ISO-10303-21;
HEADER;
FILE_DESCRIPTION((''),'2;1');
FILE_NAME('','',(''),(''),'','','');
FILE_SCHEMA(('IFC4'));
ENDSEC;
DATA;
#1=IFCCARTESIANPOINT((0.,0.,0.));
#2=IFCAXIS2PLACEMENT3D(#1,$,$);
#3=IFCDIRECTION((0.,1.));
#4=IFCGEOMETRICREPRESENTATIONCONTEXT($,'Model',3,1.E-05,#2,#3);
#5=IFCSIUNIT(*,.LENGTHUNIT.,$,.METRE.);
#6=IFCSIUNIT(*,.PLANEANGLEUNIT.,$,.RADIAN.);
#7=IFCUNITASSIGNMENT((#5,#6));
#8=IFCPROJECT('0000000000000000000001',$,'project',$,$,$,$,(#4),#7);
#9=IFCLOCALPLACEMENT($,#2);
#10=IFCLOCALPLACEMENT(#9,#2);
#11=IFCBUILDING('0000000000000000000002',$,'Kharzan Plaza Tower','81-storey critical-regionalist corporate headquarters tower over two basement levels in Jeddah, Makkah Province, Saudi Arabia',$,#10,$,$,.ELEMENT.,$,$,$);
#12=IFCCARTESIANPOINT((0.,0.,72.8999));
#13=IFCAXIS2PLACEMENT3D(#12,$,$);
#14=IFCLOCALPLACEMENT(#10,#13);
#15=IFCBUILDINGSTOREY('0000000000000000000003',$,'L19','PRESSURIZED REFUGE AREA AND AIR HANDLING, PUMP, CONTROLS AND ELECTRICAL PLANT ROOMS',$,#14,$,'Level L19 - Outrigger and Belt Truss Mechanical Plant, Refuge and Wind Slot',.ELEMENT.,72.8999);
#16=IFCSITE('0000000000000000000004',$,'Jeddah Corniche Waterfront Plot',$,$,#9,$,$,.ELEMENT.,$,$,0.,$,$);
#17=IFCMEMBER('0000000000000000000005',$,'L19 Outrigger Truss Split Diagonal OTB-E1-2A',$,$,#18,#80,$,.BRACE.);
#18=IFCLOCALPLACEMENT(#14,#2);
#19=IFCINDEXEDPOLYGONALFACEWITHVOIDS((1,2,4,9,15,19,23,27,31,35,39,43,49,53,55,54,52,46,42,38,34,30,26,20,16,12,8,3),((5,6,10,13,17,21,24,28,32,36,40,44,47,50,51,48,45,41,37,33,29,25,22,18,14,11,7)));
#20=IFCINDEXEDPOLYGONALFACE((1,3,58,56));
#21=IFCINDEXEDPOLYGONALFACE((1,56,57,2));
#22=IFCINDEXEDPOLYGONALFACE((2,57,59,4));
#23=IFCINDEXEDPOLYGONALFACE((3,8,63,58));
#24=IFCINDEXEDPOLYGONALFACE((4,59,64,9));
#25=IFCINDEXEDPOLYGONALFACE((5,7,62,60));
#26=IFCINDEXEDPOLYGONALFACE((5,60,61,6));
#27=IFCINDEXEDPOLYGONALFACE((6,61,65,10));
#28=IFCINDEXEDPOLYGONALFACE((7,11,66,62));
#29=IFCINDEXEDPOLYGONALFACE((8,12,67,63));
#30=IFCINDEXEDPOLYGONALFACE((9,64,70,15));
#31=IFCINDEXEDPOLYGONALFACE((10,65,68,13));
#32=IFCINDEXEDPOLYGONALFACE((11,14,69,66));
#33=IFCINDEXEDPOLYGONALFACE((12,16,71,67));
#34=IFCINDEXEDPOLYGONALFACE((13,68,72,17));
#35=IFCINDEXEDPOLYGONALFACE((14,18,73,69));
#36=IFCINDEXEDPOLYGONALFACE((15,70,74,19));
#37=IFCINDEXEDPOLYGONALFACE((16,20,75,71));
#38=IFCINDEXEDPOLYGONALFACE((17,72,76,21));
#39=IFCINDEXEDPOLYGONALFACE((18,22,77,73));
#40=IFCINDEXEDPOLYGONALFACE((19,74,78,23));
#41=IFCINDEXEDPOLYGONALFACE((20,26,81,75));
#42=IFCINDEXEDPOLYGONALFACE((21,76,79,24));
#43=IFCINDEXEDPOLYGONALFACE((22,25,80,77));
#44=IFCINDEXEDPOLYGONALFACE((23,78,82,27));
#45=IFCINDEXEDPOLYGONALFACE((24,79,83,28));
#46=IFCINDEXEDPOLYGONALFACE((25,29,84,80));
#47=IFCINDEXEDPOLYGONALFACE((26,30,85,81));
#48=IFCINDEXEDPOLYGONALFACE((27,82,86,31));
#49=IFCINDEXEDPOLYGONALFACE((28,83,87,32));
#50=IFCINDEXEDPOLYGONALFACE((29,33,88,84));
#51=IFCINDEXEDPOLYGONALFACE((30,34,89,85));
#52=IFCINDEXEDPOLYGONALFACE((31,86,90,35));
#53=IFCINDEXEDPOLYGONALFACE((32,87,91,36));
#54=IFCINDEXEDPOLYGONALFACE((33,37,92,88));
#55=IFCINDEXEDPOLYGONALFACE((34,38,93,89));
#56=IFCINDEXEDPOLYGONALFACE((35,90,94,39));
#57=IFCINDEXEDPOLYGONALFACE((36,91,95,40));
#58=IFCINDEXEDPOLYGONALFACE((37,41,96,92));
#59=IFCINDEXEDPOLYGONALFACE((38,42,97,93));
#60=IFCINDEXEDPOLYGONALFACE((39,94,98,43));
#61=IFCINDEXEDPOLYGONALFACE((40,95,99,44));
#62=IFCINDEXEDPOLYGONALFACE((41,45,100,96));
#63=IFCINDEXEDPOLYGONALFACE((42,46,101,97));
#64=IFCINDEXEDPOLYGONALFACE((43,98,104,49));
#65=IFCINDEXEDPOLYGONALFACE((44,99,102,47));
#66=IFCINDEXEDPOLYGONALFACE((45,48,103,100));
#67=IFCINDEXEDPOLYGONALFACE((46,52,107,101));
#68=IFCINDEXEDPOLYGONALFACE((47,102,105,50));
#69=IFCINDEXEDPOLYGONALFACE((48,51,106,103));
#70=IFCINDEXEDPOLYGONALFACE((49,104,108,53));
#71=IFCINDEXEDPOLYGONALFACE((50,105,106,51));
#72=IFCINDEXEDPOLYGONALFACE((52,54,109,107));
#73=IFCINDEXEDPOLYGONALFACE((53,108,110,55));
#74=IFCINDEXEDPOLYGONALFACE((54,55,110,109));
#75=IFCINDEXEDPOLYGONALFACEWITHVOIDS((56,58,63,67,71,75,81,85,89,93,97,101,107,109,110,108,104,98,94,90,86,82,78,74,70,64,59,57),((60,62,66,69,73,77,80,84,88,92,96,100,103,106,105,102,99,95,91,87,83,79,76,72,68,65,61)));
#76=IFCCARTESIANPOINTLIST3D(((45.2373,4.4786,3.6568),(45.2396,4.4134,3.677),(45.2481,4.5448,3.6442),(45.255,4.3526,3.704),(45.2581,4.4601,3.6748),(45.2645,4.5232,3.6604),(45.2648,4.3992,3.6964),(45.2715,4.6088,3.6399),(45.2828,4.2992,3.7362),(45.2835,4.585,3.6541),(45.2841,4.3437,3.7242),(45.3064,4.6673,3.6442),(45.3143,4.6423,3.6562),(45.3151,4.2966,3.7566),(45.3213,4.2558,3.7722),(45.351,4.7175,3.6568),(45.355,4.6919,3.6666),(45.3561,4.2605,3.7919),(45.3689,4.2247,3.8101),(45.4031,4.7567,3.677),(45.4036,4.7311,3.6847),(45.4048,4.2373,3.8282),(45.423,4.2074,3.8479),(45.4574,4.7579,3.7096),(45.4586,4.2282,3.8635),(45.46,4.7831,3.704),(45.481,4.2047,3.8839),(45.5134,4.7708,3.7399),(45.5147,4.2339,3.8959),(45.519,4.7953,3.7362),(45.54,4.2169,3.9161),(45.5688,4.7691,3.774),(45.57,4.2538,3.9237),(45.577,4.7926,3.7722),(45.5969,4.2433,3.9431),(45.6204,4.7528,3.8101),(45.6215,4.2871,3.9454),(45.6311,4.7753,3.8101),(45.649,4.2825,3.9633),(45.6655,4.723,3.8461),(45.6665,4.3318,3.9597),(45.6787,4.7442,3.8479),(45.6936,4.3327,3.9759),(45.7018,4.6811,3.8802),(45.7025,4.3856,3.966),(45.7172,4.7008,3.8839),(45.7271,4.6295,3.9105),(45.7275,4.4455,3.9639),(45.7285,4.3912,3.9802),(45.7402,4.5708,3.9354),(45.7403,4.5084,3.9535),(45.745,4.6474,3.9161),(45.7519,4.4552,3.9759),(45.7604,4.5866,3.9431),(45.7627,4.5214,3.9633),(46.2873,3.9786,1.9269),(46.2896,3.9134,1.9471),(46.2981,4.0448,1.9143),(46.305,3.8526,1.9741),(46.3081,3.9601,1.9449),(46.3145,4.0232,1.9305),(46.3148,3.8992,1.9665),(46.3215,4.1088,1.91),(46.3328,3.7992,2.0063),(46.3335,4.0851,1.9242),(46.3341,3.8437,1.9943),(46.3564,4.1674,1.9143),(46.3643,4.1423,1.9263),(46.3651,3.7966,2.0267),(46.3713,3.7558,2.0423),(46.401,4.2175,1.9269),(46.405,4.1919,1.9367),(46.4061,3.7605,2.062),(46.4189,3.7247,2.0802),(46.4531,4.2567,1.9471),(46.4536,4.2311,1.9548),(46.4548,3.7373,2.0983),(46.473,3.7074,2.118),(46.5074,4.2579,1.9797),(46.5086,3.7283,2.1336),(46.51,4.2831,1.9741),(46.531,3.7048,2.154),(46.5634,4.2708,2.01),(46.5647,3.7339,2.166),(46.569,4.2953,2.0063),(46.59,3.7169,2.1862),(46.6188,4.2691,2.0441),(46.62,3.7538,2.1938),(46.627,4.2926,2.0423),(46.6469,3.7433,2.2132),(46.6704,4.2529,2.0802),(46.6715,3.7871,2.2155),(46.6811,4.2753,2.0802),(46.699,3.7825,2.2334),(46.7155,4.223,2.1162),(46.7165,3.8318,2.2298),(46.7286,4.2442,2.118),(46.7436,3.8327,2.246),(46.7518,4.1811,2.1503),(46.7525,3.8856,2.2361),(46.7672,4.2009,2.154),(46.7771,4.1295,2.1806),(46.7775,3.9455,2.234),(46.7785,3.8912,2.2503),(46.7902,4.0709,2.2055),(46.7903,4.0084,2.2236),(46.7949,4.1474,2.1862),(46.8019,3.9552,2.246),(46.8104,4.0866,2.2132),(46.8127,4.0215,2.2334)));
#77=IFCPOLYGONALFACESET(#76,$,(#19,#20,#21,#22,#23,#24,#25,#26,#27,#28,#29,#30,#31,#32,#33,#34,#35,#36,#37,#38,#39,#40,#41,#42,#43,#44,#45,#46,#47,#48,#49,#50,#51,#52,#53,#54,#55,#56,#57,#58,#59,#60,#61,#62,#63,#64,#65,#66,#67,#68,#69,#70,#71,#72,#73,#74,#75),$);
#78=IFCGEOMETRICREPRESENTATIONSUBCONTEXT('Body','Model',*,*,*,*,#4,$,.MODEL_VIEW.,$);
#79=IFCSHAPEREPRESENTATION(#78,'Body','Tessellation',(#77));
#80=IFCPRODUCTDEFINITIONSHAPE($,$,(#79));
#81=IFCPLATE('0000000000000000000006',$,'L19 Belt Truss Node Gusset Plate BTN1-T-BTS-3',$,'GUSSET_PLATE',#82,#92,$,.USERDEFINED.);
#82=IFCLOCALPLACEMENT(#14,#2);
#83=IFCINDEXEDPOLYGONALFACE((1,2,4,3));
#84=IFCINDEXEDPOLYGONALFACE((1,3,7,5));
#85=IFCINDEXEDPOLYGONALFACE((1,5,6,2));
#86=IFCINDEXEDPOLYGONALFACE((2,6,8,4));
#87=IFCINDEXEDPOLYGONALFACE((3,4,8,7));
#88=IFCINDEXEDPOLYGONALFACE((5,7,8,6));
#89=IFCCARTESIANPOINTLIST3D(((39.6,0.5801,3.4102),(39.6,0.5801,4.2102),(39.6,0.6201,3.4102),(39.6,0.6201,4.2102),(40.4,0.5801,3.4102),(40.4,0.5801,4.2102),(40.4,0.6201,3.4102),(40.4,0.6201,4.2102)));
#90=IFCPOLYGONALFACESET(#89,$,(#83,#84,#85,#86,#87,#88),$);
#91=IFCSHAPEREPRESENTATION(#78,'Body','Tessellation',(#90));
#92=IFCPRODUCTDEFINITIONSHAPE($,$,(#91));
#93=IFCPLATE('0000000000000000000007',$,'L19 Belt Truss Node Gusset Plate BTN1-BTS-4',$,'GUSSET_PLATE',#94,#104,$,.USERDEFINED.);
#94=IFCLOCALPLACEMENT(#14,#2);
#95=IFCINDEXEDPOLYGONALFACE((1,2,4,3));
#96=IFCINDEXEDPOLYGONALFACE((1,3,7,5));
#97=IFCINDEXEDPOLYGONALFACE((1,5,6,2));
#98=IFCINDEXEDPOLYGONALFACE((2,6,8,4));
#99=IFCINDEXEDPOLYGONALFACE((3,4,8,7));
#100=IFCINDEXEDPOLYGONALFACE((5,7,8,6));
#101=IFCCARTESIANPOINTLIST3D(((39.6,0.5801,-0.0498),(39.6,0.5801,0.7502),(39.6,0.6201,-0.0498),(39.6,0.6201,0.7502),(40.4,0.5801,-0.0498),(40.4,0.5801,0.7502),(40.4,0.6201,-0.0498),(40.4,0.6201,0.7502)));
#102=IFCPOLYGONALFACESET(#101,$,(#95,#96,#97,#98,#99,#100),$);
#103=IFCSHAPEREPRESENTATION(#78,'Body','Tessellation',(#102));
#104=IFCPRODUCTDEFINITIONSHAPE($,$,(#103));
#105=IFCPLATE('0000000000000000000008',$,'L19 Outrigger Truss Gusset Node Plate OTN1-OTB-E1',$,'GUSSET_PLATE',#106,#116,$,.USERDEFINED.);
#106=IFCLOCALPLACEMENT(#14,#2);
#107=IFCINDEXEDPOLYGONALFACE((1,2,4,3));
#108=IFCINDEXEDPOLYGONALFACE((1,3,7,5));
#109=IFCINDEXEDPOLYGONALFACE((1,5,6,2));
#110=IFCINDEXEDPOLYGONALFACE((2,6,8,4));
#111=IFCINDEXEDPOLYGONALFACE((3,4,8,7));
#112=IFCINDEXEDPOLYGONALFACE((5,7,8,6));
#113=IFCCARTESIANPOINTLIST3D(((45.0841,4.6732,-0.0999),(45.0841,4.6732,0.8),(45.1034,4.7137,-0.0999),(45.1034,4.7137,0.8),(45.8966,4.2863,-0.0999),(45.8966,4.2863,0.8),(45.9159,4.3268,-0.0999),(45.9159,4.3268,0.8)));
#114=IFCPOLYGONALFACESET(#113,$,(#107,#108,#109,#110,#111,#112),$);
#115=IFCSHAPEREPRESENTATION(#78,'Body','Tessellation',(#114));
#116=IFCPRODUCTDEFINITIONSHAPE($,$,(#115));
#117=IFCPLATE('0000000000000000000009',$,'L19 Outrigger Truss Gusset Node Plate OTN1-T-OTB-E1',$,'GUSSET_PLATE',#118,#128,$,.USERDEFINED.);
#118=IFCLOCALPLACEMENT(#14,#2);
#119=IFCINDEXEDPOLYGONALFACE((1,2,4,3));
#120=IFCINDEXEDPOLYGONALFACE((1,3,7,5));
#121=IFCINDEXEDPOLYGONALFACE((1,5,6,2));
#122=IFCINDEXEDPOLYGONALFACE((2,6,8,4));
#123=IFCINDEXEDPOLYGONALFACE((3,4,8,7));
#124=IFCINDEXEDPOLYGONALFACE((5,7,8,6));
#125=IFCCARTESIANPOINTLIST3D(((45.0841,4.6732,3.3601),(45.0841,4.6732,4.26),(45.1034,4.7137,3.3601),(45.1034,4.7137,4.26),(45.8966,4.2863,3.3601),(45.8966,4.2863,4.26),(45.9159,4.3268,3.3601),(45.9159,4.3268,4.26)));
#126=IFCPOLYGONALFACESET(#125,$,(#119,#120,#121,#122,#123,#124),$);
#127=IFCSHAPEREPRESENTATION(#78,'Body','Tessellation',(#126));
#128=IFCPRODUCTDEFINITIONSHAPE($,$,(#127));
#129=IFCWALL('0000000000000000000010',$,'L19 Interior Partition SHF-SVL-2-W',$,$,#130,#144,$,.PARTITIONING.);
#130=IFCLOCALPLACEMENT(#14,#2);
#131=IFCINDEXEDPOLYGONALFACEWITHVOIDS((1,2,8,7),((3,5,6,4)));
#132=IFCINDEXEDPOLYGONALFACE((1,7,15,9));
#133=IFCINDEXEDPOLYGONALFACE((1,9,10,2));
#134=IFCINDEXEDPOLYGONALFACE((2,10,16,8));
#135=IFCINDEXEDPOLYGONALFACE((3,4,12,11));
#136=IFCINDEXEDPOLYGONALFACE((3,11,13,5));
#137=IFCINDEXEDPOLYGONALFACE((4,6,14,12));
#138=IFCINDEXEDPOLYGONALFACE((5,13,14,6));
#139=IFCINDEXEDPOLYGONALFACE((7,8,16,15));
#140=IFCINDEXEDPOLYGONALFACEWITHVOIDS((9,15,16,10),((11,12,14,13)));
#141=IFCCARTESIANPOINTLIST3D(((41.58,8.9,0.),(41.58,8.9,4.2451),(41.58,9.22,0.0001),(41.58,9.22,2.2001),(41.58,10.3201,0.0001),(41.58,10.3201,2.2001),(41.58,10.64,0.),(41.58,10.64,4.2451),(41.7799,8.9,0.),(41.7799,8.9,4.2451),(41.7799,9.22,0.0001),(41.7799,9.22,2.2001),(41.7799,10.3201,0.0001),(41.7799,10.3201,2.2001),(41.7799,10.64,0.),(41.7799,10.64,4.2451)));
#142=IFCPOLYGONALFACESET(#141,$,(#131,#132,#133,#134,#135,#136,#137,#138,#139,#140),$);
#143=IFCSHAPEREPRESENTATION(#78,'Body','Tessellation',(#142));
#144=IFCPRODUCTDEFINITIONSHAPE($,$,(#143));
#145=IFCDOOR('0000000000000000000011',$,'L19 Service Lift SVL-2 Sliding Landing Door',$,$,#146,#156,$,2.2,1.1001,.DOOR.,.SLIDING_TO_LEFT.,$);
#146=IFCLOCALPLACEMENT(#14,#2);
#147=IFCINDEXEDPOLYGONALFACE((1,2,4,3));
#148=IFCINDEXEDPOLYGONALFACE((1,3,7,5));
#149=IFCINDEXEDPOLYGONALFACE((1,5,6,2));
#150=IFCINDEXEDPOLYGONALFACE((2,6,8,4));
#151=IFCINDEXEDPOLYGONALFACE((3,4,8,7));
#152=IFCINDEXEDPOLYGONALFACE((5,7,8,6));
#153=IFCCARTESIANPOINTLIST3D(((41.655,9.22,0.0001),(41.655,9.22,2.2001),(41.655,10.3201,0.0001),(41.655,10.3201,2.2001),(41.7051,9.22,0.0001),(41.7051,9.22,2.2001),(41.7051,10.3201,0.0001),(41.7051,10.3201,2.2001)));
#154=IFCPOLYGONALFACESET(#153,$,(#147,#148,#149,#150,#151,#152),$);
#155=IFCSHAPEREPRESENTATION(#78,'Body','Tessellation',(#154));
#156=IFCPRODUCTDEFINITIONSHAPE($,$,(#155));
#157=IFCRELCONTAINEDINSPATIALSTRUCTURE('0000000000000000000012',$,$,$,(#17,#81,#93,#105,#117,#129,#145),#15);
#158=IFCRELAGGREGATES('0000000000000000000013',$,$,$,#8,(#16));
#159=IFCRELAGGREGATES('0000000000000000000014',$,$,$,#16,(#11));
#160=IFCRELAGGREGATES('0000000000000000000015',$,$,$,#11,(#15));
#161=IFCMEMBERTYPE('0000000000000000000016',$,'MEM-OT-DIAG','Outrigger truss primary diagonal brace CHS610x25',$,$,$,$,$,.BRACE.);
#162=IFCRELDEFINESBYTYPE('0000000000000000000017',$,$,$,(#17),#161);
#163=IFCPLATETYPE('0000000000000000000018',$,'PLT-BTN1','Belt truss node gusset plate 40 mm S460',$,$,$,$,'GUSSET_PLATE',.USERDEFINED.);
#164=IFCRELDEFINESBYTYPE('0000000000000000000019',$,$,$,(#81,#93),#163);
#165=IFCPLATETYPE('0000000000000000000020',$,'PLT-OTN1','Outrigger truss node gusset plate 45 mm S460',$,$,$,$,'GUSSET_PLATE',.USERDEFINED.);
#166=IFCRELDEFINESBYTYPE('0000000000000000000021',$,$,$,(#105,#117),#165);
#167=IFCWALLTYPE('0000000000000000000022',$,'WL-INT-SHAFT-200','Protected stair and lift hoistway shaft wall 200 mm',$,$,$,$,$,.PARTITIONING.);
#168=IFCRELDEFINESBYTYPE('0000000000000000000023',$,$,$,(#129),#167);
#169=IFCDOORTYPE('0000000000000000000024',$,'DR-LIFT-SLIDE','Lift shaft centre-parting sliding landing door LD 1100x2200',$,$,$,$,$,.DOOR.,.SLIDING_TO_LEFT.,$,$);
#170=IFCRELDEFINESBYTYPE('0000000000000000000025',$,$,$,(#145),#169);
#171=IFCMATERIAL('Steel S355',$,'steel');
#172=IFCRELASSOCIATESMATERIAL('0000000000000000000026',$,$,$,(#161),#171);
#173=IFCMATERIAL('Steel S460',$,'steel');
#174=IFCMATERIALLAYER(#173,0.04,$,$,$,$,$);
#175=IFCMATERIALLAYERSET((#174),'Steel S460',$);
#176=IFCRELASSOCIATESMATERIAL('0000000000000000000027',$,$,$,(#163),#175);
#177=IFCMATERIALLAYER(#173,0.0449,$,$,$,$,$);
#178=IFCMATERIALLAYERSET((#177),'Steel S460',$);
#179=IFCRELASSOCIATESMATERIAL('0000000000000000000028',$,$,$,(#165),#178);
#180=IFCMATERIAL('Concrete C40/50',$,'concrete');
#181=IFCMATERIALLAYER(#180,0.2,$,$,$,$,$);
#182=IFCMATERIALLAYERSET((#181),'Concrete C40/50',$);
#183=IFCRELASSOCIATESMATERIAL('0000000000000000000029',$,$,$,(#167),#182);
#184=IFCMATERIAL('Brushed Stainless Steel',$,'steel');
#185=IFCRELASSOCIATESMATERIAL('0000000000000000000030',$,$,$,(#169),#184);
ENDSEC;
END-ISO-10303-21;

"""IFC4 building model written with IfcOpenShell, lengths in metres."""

from ifc_helpers import new_model, si_unit, direction, frame, frame_2d, origin, origin_2d, place, context, subcontext, project, spatial, rectangle, hollow_circle, extrude, source, transform, mapped, material, layer, layer_set, material_profile, profile_set, type_object, element, fill, save


model = new_model("IFC4")

# Units and contexts
model_context = context("Model", 3, precision=1e-05, world=origin(), true_north=direction((0.0, 1.0)))
body_context = subcontext(model_context, "Body", "Model", "MODEL_VIEW")
ifc_project = project(units=[si_unit("LENGTHUNIT", "METRE"), si_unit("PLANEANGLEUNIT", "RADIAN")], contexts=[model_context])

# Site, building, storey
site_placement = place(None, origin())
site = spatial("IfcSite", under=ifc_project, at=site_placement, Name="Jeddah Corniche Waterfront Plot", CompositionType="ELEMENT", RefElevation=0.0)
building_placement = place(site_placement, origin())
building = spatial("IfcBuilding", under=site, at=building_placement, Name="Kharzan Plaza Tower", Description="81-storey critical-regionalist corporate headquarters tower over two basement levels in Jeddah, Makkah Province, Saudi Arabia", CompositionType="ELEMENT")
storey_placement = place(building_placement, frame((0.0, 0.0, 72.8999)))
storey = spatial("IfcBuildingStorey", under=building, at=storey_placement, Name="L19", Description="PRESSURIZED REFUGE AREA AND AIR HANDLING, PUMP, CONTROLS AND ELECTRICAL PLANT ROOMS", LongName="Level L19 - Outrigger and Belt Truss Mechanical Plant, Refuge and Wind Slot", CompositionType="ELEMENT", Elevation=72.8999)

# Shared definitions
ifc_material_1 = material(Name="Steel S355", Category="steel")

# Member
ifc_material_profile_1 = material_profile(ifc_material_1, hollow_circle(Radius=0.3049, WallThickness=0.0249, at=origin_2d()), Name="CHS610x25")
ifc_profile_set_1 = profile_set([ifc_material_profile_1], Name="Steel S355")
member_type_1 = type_object("IfcMemberType", Name="MEM-OT-DIAG", Description="Outrigger truss primary diagonal brace CHS610x25", PredefinedType="BRACE", material=ifc_profile_set_1)
shared_shape_1 = source(origin(), body_context, "Body", "SweptSolid", [
    extrude(hollow_circle(Radius=0.3049, WallThickness=0.0249, at=origin_2d()), origin(), (0.0, 0.0, 1.0), 2.0845),
])
member_1_placement = place(storey_placement, frame((45.5, 4.5, 3.8101), z_axis=(0.503724, -0.239858, -0.829898), x_axis=(0.429917, 0.902868, 0.0)))
element("IfcMember", 1, at=member_1_placement, inside=storey, type_object=member_type_1, Name="L19 Outrigger Truss Split Diagonal OTB-E1-2A", PredefinedType="BRACE", context=body_context, shape_type="MappedRepresentation", body=[
    mapped(shared_shape_1, transform((0.0, 0.0, 0.0), x_axis=(1.0, 0.0, 0.0), y_axis=(0.0, 1.0, 0.0), z_axis=(0.0, 0.0, 1.0))),
])

# Plates
ifc_material_2 = material(Name="Steel S460", Category="steel")
ifc_layer_1 = layer(ifc_material_2, 0.04)
ifc_layer_set_1 = layer_set([ifc_layer_1], Name="Steel S460")
plate_type_1 = type_object("IfcPlateType", Name="PLT-BTN1", Description="Belt truss node gusset plate 40 mm S460", ElementType="GUSSET_PLATE", PredefinedType="USERDEFINED", material=ifc_layer_set_1)
shared_shape_2 = source(origin(), body_context, "Body", "SweptSolid", [
    extrude(rectangle(XDim=0.8, YDim=0.04, at=origin_2d()), origin(), (0.0, 0.0, 1.0), 0.8),
])
for number, where, z_axis, x_axis, name in (
    (2, (40.0, 0.6001, 3.4102), (0.0, 0.0, 1.0), (1.0, 0.0, 0.0), "L19 Belt Truss Node Gusset Plate BTN1-T-BTS-3"),
    (3, (40.0, 0.6001, -0.0498), (0.0, 0.0, 1.0), (1.0, 0.0, 0.0), "L19 Belt Truss Node Gusset Plate BTN1-BTS-4"),
):
    element("IfcPlate", number, at=place(storey_placement, frame(where, z_axis=z_axis, x_axis=x_axis)), inside=storey, type_object=plate_type_1, Name=name, ObjectType="GUSSET_PLATE", PredefinedType="USERDEFINED", context=body_context, shape_type="MappedRepresentation", body=[
        mapped(shared_shape_2, transform((0.0, 0.0, 0.0), x_axis=(1.0, 0.0, 0.0), y_axis=(0.0, 1.0, 0.0), z_axis=(0.0, 0.0, 1.0))),
    ])
ifc_layer_2 = layer(ifc_material_2, 0.0449)
ifc_layer_set_2 = layer_set([ifc_layer_2], Name="Steel S460")
plate_type_2 = type_object("IfcPlateType", Name="PLT-OTN1", Description="Outrigger truss node gusset plate 45 mm S460", ElementType="GUSSET_PLATE", PredefinedType="USERDEFINED", material=ifc_layer_set_2)
shared_shape_3 = source(origin(), body_context, "Body", "SweptSolid", [
    extrude(rectangle(XDim=0.8999, YDim=0.0449, at=origin_2d()), origin(), (0.0, 0.0, 1.0), 0.8999),
])
for number, where, z_axis, x_axis, name in (
    (4, (45.5, 4.5, -0.0999), (0.0, 0.0, 1.0), (0.902861, -0.429933, 0.0), "L19 Outrigger Truss Gusset Node Plate OTN1-OTB-E1"),
    (5, (45.5, 4.5, 3.3601), (0.0, 0.0, 1.0), (0.902861, -0.429933, 0.0), "L19 Outrigger Truss Gusset Node Plate OTN1-T-OTB-E1"),
):
    element("IfcPlate", number, at=place(storey_placement, frame(where, z_axis=z_axis, x_axis=x_axis)), inside=storey, type_object=plate_type_2, Name=name, ObjectType="GUSSET_PLATE", PredefinedType="USERDEFINED", context=body_context, shape_type="MappedRepresentation", body=[
        mapped(shared_shape_3, transform((0.0, 0.0, 0.0), x_axis=(1.0, 0.0, 0.0), y_axis=(0.0, 1.0, 0.0), z_axis=(0.0, 0.0, 1.0))),
    ])

# Wall, opening, door
ifc_material_3 = material(Name="Concrete C40/50", Category="concrete")
ifc_layer_3 = layer(ifc_material_3, 0.2)
ifc_layer_set_3 = layer_set([ifc_layer_3], Name="Concrete C40/50")
wall_type_1 = type_object("IfcWallType", Name="WL-INT-SHAFT-200", Description="Protected stair and lift hoistway shaft wall 200 mm", PredefinedType="PARTITIONING", material=ifc_layer_set_3)
wall_1_placement = place(storey_placement, frame((41.6799, 8.8999, 0.0), z_axis=(0.0, 0.0, 1.0), x_axis=(0.0, 1.0, 0.0)))
wall_1 = element("IfcWall", 6, at=wall_1_placement, inside=storey, type_object=wall_type_1, Name="L19 Interior Partition SHF-SVL-2-W", PredefinedType="PARTITIONING", context=body_context, shape_type="SweptSolid", body=[
    extrude(rectangle(XDim=1.74, YDim=0.2, at=frame_2d((0.8701, 0.0))), origin(), (0.0, 0.0, 1.0), 4.2451),
])
opening_1_placement = place(wall_1_placement, frame((0.3201, 0.0, 0.0)))
opening_1 = element("IfcOpeningElement", 7, at=opening_1_placement, cuts=wall_1, PredefinedType="OPENING", context=body_context, shape_type="SweptSolid", body=[
    extrude(rectangle(XDim=1.1001, YDim=2.2, at=frame_2d((0.55, 1.1001))), frame((0.0, 0.1099, 0.0), z_axis=(0.0, -1.0, 0.0), x_axis=(1.0, 0.0, 0.0)), (0.0, 0.0, 1.0), 0.22),
])
ifc_material_4 = material(Name="Brushed Stainless Steel", Category="steel")
door_type_1 = type_object("IfcDoorType", Name="DR-LIFT-SLIDE", Description="Lift shaft centre-parting sliding landing door LD 1100x2200", OperationType="SLIDING_TO_LEFT", PredefinedType="DOOR", material=ifc_material_4)
shared_shape_4 = source(origin(), body_context, "Body", "SweptSolid", [
    extrude(rectangle(XDim=1.1001, YDim=2.2, at=frame_2d((0.55, 1.1001))), frame((0.0, 0.0249, 0.0), z_axis=(0.0, -1.0, 0.0), x_axis=(1.0, 0.0, 0.0)), (0.0, 0.0, 1.0), 0.05),
])
door_1_placement = place(opening_1_placement, origin())
door_1 = element("IfcDoor", 8, at=door_1_placement, inside=storey, type_object=door_type_1, Name="L19 Service Lift SVL-2 Sliding Landing Door", OperationType="SLIDING_TO_LEFT", OverallHeight=2.2, OverallWidth=1.1001, PredefinedType="DOOR", context=body_context, shape_type="MappedRepresentation", body=[
    mapped(shared_shape_4, transform((0.0, 0.0, 0.0), x_axis=(1.0, 0.0, 0.0), y_axis=(0.0, 1.0, 0.0), z_axis=(0.0, 0.0, 1.0))),
])
fill(opening_1, door_1)

save(model, "model.ifc")
